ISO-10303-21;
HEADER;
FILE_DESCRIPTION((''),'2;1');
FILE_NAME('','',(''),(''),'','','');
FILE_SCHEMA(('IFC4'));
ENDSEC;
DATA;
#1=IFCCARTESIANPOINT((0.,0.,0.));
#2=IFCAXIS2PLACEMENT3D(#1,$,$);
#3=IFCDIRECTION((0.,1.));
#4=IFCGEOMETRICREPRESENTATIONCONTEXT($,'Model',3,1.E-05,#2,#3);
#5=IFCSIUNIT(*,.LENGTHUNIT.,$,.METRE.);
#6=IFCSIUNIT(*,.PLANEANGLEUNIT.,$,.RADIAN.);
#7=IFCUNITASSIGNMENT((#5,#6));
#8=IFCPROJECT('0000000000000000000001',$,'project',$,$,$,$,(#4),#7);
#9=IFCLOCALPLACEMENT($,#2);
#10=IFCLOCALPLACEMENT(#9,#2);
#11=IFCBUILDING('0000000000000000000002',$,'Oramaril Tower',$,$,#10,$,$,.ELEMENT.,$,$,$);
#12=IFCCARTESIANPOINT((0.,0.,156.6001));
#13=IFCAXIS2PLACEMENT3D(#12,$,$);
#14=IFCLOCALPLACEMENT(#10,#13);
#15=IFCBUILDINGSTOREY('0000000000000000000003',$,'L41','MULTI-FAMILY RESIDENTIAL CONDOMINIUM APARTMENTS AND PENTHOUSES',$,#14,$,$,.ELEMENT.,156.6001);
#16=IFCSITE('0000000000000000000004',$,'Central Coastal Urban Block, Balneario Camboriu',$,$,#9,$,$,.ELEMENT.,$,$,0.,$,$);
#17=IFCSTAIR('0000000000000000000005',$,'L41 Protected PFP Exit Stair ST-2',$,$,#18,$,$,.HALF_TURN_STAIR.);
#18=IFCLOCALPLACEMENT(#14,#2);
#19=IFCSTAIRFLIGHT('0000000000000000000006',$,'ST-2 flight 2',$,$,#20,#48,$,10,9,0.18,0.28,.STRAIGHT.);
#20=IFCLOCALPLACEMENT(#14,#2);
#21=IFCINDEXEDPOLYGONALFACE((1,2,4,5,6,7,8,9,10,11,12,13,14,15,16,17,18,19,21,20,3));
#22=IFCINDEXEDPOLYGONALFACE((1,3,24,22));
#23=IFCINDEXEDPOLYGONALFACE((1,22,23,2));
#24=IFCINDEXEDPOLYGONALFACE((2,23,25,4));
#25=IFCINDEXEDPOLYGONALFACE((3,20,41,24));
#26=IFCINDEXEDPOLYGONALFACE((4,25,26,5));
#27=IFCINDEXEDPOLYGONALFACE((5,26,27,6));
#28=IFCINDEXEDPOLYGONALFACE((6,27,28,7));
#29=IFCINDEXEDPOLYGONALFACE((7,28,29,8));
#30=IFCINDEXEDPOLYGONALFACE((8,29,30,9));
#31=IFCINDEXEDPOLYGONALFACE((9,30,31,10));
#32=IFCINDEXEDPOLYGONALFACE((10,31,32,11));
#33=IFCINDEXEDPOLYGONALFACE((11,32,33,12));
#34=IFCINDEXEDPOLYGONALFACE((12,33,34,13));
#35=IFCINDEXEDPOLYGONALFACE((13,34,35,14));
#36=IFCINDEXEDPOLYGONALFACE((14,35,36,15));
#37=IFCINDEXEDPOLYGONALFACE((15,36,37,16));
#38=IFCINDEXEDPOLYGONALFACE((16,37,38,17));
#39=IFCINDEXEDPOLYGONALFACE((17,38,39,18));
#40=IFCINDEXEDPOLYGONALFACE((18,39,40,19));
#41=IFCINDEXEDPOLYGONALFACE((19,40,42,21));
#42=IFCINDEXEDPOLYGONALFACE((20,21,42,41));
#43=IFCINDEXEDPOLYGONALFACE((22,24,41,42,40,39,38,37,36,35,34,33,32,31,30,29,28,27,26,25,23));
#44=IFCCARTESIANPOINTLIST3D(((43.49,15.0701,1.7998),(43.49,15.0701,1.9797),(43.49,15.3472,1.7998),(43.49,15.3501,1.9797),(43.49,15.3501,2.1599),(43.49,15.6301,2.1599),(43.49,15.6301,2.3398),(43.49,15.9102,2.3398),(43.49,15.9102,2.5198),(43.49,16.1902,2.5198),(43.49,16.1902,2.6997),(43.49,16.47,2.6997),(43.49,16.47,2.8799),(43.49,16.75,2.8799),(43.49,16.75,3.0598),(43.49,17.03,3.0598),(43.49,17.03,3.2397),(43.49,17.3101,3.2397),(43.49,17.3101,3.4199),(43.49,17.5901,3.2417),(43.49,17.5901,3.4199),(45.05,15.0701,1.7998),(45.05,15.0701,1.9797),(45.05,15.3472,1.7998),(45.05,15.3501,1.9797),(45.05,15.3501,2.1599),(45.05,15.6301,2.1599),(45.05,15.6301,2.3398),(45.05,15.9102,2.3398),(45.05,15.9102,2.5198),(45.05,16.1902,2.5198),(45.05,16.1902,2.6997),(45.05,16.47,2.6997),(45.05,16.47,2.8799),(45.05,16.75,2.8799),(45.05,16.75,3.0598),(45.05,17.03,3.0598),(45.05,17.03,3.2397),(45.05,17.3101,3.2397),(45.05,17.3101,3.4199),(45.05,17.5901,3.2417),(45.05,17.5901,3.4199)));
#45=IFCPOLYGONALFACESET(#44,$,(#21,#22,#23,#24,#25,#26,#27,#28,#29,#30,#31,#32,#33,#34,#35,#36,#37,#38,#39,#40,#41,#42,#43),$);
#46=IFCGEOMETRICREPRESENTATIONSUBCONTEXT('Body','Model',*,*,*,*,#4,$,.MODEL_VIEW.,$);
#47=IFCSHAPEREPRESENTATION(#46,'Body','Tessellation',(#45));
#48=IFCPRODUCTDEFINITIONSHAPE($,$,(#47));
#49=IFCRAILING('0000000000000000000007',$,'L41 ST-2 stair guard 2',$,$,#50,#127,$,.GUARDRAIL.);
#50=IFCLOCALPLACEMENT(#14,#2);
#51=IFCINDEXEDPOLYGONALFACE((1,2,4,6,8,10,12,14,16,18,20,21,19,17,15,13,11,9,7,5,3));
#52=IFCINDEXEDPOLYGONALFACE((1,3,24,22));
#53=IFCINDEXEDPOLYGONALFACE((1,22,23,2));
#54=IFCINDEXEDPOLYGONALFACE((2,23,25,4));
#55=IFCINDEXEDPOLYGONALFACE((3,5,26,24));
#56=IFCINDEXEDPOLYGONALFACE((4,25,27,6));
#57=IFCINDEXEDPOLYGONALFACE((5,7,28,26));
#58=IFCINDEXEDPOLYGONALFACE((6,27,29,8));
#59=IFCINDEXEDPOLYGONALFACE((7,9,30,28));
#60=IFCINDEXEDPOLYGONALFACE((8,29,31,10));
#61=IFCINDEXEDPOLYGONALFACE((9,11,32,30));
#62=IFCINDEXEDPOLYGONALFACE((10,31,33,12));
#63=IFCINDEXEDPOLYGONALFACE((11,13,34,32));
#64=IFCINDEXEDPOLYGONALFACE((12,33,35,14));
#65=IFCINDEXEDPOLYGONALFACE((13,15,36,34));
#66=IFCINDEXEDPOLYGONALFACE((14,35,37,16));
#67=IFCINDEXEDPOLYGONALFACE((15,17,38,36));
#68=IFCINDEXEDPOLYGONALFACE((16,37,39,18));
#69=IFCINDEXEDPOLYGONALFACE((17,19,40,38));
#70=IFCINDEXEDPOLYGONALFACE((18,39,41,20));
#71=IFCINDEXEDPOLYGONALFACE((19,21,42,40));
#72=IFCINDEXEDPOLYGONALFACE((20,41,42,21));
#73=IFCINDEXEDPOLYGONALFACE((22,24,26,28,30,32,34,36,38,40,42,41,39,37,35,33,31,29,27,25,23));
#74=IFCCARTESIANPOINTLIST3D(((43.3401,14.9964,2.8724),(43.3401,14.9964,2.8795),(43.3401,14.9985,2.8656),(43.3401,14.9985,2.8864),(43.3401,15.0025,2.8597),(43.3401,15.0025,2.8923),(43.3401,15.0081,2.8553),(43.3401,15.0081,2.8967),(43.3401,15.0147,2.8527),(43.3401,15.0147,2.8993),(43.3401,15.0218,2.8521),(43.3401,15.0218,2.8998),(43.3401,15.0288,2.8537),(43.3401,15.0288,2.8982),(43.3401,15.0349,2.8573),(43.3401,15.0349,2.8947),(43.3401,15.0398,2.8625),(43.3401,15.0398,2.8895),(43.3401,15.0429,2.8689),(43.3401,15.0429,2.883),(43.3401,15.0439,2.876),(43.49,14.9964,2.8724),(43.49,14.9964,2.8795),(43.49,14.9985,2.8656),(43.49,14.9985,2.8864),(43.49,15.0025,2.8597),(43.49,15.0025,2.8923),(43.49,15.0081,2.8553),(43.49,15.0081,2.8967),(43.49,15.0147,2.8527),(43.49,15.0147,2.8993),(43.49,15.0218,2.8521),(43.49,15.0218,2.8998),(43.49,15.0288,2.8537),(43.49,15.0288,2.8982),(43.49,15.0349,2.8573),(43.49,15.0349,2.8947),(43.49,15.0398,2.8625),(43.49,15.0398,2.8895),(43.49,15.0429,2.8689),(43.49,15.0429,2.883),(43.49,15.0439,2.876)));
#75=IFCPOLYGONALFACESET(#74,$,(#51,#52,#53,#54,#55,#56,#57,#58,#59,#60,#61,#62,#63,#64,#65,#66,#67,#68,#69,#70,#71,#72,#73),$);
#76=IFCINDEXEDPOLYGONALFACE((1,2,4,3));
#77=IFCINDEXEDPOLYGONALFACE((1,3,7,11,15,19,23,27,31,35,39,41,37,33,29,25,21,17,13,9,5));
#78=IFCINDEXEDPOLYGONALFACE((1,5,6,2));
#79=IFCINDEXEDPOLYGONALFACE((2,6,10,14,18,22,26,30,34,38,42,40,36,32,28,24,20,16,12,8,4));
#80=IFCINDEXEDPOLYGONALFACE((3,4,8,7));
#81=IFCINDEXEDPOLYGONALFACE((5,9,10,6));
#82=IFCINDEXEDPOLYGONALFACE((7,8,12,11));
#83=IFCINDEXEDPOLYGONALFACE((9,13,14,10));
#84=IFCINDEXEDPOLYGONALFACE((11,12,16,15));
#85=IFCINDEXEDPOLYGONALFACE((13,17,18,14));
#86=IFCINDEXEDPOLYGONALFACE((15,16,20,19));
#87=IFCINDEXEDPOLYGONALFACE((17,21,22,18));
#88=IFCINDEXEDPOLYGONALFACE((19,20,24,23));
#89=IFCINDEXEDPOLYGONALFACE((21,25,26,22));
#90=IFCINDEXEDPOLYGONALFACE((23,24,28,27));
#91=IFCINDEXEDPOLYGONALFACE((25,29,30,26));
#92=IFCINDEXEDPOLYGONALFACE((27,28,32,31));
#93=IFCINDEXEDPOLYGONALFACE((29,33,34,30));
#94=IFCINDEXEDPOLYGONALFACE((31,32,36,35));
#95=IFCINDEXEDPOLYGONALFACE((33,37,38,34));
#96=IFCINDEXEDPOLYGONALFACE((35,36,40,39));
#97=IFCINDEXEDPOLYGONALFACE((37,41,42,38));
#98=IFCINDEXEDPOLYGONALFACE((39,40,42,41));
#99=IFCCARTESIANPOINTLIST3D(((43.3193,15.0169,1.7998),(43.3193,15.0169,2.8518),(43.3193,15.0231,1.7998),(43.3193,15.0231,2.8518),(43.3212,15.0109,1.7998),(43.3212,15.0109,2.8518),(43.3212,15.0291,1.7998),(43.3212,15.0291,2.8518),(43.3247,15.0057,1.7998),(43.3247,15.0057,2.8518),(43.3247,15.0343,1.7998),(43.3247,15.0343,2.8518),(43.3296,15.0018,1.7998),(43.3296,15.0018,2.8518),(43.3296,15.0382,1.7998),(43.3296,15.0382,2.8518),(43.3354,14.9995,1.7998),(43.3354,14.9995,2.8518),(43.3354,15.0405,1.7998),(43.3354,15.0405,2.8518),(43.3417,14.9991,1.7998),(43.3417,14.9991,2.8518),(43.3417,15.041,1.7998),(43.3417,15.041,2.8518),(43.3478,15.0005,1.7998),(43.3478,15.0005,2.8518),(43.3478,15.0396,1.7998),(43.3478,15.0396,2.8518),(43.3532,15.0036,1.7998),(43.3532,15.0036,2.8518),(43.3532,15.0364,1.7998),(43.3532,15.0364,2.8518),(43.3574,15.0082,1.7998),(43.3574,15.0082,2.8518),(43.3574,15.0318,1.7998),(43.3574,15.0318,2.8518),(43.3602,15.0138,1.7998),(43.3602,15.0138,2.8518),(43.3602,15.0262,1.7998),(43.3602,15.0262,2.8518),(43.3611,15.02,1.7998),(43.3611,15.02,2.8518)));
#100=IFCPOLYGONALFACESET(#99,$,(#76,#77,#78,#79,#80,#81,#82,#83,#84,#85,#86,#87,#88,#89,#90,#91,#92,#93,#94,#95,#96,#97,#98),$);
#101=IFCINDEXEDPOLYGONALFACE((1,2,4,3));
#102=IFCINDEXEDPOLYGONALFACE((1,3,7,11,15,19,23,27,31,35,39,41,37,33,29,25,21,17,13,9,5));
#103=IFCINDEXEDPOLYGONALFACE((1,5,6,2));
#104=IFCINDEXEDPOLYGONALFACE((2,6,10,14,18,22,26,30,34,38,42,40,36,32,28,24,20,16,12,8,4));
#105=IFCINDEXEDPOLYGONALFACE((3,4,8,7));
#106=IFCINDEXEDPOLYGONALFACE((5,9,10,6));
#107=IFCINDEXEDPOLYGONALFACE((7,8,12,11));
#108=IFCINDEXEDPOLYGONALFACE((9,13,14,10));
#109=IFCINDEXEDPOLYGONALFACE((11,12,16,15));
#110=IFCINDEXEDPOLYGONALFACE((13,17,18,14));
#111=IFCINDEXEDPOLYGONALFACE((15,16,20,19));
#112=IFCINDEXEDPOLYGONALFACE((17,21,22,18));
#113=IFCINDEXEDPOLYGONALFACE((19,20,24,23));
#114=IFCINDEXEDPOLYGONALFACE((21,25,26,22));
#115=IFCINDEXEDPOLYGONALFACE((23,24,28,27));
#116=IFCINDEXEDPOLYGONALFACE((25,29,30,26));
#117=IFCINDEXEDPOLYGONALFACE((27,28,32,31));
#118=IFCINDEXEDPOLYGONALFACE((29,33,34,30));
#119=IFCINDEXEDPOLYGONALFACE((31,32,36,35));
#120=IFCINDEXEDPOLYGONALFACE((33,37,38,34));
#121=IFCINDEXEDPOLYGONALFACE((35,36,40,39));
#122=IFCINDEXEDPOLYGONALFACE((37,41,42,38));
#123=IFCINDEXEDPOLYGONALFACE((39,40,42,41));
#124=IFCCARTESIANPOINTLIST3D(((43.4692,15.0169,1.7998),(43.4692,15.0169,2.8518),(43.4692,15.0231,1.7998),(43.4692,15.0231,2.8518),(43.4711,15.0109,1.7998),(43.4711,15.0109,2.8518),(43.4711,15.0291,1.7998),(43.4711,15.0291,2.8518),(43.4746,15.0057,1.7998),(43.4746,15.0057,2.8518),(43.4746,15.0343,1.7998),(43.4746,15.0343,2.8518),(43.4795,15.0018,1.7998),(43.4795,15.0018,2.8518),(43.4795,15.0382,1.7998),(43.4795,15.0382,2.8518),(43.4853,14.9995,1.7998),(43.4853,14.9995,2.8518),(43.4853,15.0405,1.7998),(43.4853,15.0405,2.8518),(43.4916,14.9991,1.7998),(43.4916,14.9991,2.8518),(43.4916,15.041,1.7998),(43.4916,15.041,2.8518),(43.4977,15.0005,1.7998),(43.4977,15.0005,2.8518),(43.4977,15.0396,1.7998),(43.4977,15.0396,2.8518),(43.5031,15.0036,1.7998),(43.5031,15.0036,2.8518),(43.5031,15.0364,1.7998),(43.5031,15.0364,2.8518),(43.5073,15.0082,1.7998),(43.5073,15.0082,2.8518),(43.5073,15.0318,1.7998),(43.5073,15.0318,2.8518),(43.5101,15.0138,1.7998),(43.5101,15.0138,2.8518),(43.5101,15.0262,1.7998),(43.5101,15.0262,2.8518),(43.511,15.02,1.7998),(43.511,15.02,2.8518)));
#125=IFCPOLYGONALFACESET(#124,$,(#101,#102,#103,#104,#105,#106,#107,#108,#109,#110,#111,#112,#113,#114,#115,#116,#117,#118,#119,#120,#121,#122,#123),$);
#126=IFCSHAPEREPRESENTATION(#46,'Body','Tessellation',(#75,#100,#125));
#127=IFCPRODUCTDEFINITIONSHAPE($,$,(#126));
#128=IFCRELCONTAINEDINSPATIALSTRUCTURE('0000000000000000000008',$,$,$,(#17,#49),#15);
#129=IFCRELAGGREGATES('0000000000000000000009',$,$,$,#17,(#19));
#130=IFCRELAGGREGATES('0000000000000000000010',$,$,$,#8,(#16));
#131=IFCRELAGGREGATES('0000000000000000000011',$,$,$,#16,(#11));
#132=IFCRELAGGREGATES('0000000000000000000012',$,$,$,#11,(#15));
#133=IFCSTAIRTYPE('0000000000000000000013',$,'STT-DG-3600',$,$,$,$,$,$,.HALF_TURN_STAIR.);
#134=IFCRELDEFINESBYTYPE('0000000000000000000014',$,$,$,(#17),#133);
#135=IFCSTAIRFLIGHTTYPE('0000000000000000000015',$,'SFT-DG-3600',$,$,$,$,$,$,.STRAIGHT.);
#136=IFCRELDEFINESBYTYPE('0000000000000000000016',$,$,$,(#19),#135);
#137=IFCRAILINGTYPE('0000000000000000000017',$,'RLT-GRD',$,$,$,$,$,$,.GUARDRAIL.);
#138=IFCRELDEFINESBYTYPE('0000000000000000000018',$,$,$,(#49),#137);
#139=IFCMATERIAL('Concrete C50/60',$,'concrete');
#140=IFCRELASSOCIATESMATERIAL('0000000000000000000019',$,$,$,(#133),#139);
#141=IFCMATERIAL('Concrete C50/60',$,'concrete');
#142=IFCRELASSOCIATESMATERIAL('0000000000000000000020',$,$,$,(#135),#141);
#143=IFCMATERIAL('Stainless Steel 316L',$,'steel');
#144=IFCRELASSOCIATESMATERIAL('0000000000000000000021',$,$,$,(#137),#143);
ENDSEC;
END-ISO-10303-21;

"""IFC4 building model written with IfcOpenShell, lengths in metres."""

from ifc_helpers import new_model, si_unit, direction, frame, origin, origin_2d, place, context, subcontext, project, spatial, polyline, circle, outline, extrude, material, type_object, element, aggregate, save


model = new_model("IFC4")

# Units and contexts
model_context = context("Model", 3, precision=1e-05, world=origin(), true_north=direction((0.0, 1.0)))
body_context = subcontext(model_context, "Body", "Model", "MODEL_VIEW")
ifc_project = project(units=[si_unit("LENGTHUNIT", "METRE"), si_unit("PLANEANGLEUNIT", "RADIAN")], contexts=[model_context])

# Site, building, storey
site_placement = place(None, origin())
site = spatial("IfcSite", under=ifc_project, at=site_placement, Name="Central Coastal Urban Block, Balneario Camboriu", CompositionType="ELEMENT", RefElevation=0.0)
building_placement = place(site_placement, origin())
building = spatial("IfcBuilding", under=site, at=building_placement, Name="Oramaril Tower", CompositionType="ELEMENT")
storey_placement = place(building_placement, frame((0.0, 0.0, 156.6001)))
storey = spatial("IfcBuildingStorey", under=building, at=storey_placement, Name="L41", Description="MULTI-FAMILY RESIDENTIAL CONDOMINIUM APARTMENTS AND PENTHOUSES", CompositionType="ELEMENT", Elevation=156.6001)

# Stair, stair flight
ifc_material_1 = material(Name="Concrete C50/60", Category="concrete")
stair_type = type_object("IfcStairType", Name="STT-DG-3600", PredefinedType="HALF_TURN_STAIR", material=ifc_material_1)
stair_placement = place(storey_placement, origin())
stair = element("IfcStair", 1, at=stair_placement, inside=storey, type_object=stair_type, Name="L41 Protected PFP Exit Stair ST-2", PredefinedType="HALF_TURN_STAIR")
ifc_material_2 = material(Name="Concrete C50/60", Category="concrete")
stair_flight_type = type_object("IfcStairFlightType", Name="SFT-DG-3600", PredefinedType="STRAIGHT", material=ifc_material_2)
stair_flight_placement = place(storey_placement, frame((44.27, 15.0701, 1.7998), z_axis=(0.0, 0.0, 1.0), x_axis=(0.0, 1.0, 0.0)))
stair_flight = element("IfcStairFlight", 2, at=stair_flight_placement, type_object=stair_flight_type, Name="ST-2 flight 2", NumberOfRisers=10, NumberOfTreads=9, PredefinedType="STRAIGHT", RiserHeight=0.18, TreadLength=0.28, context=body_context, shape_type="SweptSolid", body=[
    extrude(outline(polyline([(0.0, 0.0), (0.0, 0.1799), (0.28, 0.1799), (0.28, 0.3601), (0.5601, 0.3601), (0.5601, 0.54), (0.8401, 0.54), (0.8401, 0.72), (1.1201, 0.72), (1.1201, 0.8999), (1.3999, 0.8999), (1.3999, 1.0801), (1.6799, 1.0801), (1.6799, 1.26), (1.96, 1.26), (1.96, 1.4399), (2.24, 1.4399), (2.24, 1.6201), (2.52, 1.6201), (2.52, 1.8), (2.52, 1.4419), (0.2771, 0.0), (0.0, 0.0)])), frame((0.0, 0.78, 0.0), z_axis=(0.0, -1.0, 0.0), x_axis=(1.0, 0.0, 0.0)), (0.0, 0.0, 1.0), 1.5601),
])
aggregate(stair, [stair_flight])

# Railing
ifc_material_3 = material(Name="Stainless Steel 316L", Category="steel")
railing_type_1 = type_object("IfcRailingType", Name="RLT-GRD", PredefinedType="GUARDRAIL", material=ifc_material_3)
railing_1_placement = place(storey_placement, frame((43.3401, 15.02, 1.7998)))
element("IfcRailing", 3, at=railing_1_placement, inside=storey, type_object=railing_type_1, Name="L41 ST-2 stair guard 2", PredefinedType="GUARDRAIL", context=body_context, shape_type="SweptSolid", body=[
    extrude(circle(Radius=0.0239, at=origin_2d()), frame((0.0, 0.0, 1.0762), z_axis=(1.0, 0.0, 0.0), x_axis=(0.0, 1.0, 0.0)), (0.0, 0.0, 1.0), 0.1499),
    extrude(circle(Radius=0.021, at=origin_2d()), origin(), (0.0, 0.0, 1.0), 1.052),
    extrude(circle(Radius=0.021, at=origin_2d()), frame((0.1499, 0.0, 0.0)), (0.0, 0.0, 1.0), 1.052),
])

save(model, "model.ifc")
